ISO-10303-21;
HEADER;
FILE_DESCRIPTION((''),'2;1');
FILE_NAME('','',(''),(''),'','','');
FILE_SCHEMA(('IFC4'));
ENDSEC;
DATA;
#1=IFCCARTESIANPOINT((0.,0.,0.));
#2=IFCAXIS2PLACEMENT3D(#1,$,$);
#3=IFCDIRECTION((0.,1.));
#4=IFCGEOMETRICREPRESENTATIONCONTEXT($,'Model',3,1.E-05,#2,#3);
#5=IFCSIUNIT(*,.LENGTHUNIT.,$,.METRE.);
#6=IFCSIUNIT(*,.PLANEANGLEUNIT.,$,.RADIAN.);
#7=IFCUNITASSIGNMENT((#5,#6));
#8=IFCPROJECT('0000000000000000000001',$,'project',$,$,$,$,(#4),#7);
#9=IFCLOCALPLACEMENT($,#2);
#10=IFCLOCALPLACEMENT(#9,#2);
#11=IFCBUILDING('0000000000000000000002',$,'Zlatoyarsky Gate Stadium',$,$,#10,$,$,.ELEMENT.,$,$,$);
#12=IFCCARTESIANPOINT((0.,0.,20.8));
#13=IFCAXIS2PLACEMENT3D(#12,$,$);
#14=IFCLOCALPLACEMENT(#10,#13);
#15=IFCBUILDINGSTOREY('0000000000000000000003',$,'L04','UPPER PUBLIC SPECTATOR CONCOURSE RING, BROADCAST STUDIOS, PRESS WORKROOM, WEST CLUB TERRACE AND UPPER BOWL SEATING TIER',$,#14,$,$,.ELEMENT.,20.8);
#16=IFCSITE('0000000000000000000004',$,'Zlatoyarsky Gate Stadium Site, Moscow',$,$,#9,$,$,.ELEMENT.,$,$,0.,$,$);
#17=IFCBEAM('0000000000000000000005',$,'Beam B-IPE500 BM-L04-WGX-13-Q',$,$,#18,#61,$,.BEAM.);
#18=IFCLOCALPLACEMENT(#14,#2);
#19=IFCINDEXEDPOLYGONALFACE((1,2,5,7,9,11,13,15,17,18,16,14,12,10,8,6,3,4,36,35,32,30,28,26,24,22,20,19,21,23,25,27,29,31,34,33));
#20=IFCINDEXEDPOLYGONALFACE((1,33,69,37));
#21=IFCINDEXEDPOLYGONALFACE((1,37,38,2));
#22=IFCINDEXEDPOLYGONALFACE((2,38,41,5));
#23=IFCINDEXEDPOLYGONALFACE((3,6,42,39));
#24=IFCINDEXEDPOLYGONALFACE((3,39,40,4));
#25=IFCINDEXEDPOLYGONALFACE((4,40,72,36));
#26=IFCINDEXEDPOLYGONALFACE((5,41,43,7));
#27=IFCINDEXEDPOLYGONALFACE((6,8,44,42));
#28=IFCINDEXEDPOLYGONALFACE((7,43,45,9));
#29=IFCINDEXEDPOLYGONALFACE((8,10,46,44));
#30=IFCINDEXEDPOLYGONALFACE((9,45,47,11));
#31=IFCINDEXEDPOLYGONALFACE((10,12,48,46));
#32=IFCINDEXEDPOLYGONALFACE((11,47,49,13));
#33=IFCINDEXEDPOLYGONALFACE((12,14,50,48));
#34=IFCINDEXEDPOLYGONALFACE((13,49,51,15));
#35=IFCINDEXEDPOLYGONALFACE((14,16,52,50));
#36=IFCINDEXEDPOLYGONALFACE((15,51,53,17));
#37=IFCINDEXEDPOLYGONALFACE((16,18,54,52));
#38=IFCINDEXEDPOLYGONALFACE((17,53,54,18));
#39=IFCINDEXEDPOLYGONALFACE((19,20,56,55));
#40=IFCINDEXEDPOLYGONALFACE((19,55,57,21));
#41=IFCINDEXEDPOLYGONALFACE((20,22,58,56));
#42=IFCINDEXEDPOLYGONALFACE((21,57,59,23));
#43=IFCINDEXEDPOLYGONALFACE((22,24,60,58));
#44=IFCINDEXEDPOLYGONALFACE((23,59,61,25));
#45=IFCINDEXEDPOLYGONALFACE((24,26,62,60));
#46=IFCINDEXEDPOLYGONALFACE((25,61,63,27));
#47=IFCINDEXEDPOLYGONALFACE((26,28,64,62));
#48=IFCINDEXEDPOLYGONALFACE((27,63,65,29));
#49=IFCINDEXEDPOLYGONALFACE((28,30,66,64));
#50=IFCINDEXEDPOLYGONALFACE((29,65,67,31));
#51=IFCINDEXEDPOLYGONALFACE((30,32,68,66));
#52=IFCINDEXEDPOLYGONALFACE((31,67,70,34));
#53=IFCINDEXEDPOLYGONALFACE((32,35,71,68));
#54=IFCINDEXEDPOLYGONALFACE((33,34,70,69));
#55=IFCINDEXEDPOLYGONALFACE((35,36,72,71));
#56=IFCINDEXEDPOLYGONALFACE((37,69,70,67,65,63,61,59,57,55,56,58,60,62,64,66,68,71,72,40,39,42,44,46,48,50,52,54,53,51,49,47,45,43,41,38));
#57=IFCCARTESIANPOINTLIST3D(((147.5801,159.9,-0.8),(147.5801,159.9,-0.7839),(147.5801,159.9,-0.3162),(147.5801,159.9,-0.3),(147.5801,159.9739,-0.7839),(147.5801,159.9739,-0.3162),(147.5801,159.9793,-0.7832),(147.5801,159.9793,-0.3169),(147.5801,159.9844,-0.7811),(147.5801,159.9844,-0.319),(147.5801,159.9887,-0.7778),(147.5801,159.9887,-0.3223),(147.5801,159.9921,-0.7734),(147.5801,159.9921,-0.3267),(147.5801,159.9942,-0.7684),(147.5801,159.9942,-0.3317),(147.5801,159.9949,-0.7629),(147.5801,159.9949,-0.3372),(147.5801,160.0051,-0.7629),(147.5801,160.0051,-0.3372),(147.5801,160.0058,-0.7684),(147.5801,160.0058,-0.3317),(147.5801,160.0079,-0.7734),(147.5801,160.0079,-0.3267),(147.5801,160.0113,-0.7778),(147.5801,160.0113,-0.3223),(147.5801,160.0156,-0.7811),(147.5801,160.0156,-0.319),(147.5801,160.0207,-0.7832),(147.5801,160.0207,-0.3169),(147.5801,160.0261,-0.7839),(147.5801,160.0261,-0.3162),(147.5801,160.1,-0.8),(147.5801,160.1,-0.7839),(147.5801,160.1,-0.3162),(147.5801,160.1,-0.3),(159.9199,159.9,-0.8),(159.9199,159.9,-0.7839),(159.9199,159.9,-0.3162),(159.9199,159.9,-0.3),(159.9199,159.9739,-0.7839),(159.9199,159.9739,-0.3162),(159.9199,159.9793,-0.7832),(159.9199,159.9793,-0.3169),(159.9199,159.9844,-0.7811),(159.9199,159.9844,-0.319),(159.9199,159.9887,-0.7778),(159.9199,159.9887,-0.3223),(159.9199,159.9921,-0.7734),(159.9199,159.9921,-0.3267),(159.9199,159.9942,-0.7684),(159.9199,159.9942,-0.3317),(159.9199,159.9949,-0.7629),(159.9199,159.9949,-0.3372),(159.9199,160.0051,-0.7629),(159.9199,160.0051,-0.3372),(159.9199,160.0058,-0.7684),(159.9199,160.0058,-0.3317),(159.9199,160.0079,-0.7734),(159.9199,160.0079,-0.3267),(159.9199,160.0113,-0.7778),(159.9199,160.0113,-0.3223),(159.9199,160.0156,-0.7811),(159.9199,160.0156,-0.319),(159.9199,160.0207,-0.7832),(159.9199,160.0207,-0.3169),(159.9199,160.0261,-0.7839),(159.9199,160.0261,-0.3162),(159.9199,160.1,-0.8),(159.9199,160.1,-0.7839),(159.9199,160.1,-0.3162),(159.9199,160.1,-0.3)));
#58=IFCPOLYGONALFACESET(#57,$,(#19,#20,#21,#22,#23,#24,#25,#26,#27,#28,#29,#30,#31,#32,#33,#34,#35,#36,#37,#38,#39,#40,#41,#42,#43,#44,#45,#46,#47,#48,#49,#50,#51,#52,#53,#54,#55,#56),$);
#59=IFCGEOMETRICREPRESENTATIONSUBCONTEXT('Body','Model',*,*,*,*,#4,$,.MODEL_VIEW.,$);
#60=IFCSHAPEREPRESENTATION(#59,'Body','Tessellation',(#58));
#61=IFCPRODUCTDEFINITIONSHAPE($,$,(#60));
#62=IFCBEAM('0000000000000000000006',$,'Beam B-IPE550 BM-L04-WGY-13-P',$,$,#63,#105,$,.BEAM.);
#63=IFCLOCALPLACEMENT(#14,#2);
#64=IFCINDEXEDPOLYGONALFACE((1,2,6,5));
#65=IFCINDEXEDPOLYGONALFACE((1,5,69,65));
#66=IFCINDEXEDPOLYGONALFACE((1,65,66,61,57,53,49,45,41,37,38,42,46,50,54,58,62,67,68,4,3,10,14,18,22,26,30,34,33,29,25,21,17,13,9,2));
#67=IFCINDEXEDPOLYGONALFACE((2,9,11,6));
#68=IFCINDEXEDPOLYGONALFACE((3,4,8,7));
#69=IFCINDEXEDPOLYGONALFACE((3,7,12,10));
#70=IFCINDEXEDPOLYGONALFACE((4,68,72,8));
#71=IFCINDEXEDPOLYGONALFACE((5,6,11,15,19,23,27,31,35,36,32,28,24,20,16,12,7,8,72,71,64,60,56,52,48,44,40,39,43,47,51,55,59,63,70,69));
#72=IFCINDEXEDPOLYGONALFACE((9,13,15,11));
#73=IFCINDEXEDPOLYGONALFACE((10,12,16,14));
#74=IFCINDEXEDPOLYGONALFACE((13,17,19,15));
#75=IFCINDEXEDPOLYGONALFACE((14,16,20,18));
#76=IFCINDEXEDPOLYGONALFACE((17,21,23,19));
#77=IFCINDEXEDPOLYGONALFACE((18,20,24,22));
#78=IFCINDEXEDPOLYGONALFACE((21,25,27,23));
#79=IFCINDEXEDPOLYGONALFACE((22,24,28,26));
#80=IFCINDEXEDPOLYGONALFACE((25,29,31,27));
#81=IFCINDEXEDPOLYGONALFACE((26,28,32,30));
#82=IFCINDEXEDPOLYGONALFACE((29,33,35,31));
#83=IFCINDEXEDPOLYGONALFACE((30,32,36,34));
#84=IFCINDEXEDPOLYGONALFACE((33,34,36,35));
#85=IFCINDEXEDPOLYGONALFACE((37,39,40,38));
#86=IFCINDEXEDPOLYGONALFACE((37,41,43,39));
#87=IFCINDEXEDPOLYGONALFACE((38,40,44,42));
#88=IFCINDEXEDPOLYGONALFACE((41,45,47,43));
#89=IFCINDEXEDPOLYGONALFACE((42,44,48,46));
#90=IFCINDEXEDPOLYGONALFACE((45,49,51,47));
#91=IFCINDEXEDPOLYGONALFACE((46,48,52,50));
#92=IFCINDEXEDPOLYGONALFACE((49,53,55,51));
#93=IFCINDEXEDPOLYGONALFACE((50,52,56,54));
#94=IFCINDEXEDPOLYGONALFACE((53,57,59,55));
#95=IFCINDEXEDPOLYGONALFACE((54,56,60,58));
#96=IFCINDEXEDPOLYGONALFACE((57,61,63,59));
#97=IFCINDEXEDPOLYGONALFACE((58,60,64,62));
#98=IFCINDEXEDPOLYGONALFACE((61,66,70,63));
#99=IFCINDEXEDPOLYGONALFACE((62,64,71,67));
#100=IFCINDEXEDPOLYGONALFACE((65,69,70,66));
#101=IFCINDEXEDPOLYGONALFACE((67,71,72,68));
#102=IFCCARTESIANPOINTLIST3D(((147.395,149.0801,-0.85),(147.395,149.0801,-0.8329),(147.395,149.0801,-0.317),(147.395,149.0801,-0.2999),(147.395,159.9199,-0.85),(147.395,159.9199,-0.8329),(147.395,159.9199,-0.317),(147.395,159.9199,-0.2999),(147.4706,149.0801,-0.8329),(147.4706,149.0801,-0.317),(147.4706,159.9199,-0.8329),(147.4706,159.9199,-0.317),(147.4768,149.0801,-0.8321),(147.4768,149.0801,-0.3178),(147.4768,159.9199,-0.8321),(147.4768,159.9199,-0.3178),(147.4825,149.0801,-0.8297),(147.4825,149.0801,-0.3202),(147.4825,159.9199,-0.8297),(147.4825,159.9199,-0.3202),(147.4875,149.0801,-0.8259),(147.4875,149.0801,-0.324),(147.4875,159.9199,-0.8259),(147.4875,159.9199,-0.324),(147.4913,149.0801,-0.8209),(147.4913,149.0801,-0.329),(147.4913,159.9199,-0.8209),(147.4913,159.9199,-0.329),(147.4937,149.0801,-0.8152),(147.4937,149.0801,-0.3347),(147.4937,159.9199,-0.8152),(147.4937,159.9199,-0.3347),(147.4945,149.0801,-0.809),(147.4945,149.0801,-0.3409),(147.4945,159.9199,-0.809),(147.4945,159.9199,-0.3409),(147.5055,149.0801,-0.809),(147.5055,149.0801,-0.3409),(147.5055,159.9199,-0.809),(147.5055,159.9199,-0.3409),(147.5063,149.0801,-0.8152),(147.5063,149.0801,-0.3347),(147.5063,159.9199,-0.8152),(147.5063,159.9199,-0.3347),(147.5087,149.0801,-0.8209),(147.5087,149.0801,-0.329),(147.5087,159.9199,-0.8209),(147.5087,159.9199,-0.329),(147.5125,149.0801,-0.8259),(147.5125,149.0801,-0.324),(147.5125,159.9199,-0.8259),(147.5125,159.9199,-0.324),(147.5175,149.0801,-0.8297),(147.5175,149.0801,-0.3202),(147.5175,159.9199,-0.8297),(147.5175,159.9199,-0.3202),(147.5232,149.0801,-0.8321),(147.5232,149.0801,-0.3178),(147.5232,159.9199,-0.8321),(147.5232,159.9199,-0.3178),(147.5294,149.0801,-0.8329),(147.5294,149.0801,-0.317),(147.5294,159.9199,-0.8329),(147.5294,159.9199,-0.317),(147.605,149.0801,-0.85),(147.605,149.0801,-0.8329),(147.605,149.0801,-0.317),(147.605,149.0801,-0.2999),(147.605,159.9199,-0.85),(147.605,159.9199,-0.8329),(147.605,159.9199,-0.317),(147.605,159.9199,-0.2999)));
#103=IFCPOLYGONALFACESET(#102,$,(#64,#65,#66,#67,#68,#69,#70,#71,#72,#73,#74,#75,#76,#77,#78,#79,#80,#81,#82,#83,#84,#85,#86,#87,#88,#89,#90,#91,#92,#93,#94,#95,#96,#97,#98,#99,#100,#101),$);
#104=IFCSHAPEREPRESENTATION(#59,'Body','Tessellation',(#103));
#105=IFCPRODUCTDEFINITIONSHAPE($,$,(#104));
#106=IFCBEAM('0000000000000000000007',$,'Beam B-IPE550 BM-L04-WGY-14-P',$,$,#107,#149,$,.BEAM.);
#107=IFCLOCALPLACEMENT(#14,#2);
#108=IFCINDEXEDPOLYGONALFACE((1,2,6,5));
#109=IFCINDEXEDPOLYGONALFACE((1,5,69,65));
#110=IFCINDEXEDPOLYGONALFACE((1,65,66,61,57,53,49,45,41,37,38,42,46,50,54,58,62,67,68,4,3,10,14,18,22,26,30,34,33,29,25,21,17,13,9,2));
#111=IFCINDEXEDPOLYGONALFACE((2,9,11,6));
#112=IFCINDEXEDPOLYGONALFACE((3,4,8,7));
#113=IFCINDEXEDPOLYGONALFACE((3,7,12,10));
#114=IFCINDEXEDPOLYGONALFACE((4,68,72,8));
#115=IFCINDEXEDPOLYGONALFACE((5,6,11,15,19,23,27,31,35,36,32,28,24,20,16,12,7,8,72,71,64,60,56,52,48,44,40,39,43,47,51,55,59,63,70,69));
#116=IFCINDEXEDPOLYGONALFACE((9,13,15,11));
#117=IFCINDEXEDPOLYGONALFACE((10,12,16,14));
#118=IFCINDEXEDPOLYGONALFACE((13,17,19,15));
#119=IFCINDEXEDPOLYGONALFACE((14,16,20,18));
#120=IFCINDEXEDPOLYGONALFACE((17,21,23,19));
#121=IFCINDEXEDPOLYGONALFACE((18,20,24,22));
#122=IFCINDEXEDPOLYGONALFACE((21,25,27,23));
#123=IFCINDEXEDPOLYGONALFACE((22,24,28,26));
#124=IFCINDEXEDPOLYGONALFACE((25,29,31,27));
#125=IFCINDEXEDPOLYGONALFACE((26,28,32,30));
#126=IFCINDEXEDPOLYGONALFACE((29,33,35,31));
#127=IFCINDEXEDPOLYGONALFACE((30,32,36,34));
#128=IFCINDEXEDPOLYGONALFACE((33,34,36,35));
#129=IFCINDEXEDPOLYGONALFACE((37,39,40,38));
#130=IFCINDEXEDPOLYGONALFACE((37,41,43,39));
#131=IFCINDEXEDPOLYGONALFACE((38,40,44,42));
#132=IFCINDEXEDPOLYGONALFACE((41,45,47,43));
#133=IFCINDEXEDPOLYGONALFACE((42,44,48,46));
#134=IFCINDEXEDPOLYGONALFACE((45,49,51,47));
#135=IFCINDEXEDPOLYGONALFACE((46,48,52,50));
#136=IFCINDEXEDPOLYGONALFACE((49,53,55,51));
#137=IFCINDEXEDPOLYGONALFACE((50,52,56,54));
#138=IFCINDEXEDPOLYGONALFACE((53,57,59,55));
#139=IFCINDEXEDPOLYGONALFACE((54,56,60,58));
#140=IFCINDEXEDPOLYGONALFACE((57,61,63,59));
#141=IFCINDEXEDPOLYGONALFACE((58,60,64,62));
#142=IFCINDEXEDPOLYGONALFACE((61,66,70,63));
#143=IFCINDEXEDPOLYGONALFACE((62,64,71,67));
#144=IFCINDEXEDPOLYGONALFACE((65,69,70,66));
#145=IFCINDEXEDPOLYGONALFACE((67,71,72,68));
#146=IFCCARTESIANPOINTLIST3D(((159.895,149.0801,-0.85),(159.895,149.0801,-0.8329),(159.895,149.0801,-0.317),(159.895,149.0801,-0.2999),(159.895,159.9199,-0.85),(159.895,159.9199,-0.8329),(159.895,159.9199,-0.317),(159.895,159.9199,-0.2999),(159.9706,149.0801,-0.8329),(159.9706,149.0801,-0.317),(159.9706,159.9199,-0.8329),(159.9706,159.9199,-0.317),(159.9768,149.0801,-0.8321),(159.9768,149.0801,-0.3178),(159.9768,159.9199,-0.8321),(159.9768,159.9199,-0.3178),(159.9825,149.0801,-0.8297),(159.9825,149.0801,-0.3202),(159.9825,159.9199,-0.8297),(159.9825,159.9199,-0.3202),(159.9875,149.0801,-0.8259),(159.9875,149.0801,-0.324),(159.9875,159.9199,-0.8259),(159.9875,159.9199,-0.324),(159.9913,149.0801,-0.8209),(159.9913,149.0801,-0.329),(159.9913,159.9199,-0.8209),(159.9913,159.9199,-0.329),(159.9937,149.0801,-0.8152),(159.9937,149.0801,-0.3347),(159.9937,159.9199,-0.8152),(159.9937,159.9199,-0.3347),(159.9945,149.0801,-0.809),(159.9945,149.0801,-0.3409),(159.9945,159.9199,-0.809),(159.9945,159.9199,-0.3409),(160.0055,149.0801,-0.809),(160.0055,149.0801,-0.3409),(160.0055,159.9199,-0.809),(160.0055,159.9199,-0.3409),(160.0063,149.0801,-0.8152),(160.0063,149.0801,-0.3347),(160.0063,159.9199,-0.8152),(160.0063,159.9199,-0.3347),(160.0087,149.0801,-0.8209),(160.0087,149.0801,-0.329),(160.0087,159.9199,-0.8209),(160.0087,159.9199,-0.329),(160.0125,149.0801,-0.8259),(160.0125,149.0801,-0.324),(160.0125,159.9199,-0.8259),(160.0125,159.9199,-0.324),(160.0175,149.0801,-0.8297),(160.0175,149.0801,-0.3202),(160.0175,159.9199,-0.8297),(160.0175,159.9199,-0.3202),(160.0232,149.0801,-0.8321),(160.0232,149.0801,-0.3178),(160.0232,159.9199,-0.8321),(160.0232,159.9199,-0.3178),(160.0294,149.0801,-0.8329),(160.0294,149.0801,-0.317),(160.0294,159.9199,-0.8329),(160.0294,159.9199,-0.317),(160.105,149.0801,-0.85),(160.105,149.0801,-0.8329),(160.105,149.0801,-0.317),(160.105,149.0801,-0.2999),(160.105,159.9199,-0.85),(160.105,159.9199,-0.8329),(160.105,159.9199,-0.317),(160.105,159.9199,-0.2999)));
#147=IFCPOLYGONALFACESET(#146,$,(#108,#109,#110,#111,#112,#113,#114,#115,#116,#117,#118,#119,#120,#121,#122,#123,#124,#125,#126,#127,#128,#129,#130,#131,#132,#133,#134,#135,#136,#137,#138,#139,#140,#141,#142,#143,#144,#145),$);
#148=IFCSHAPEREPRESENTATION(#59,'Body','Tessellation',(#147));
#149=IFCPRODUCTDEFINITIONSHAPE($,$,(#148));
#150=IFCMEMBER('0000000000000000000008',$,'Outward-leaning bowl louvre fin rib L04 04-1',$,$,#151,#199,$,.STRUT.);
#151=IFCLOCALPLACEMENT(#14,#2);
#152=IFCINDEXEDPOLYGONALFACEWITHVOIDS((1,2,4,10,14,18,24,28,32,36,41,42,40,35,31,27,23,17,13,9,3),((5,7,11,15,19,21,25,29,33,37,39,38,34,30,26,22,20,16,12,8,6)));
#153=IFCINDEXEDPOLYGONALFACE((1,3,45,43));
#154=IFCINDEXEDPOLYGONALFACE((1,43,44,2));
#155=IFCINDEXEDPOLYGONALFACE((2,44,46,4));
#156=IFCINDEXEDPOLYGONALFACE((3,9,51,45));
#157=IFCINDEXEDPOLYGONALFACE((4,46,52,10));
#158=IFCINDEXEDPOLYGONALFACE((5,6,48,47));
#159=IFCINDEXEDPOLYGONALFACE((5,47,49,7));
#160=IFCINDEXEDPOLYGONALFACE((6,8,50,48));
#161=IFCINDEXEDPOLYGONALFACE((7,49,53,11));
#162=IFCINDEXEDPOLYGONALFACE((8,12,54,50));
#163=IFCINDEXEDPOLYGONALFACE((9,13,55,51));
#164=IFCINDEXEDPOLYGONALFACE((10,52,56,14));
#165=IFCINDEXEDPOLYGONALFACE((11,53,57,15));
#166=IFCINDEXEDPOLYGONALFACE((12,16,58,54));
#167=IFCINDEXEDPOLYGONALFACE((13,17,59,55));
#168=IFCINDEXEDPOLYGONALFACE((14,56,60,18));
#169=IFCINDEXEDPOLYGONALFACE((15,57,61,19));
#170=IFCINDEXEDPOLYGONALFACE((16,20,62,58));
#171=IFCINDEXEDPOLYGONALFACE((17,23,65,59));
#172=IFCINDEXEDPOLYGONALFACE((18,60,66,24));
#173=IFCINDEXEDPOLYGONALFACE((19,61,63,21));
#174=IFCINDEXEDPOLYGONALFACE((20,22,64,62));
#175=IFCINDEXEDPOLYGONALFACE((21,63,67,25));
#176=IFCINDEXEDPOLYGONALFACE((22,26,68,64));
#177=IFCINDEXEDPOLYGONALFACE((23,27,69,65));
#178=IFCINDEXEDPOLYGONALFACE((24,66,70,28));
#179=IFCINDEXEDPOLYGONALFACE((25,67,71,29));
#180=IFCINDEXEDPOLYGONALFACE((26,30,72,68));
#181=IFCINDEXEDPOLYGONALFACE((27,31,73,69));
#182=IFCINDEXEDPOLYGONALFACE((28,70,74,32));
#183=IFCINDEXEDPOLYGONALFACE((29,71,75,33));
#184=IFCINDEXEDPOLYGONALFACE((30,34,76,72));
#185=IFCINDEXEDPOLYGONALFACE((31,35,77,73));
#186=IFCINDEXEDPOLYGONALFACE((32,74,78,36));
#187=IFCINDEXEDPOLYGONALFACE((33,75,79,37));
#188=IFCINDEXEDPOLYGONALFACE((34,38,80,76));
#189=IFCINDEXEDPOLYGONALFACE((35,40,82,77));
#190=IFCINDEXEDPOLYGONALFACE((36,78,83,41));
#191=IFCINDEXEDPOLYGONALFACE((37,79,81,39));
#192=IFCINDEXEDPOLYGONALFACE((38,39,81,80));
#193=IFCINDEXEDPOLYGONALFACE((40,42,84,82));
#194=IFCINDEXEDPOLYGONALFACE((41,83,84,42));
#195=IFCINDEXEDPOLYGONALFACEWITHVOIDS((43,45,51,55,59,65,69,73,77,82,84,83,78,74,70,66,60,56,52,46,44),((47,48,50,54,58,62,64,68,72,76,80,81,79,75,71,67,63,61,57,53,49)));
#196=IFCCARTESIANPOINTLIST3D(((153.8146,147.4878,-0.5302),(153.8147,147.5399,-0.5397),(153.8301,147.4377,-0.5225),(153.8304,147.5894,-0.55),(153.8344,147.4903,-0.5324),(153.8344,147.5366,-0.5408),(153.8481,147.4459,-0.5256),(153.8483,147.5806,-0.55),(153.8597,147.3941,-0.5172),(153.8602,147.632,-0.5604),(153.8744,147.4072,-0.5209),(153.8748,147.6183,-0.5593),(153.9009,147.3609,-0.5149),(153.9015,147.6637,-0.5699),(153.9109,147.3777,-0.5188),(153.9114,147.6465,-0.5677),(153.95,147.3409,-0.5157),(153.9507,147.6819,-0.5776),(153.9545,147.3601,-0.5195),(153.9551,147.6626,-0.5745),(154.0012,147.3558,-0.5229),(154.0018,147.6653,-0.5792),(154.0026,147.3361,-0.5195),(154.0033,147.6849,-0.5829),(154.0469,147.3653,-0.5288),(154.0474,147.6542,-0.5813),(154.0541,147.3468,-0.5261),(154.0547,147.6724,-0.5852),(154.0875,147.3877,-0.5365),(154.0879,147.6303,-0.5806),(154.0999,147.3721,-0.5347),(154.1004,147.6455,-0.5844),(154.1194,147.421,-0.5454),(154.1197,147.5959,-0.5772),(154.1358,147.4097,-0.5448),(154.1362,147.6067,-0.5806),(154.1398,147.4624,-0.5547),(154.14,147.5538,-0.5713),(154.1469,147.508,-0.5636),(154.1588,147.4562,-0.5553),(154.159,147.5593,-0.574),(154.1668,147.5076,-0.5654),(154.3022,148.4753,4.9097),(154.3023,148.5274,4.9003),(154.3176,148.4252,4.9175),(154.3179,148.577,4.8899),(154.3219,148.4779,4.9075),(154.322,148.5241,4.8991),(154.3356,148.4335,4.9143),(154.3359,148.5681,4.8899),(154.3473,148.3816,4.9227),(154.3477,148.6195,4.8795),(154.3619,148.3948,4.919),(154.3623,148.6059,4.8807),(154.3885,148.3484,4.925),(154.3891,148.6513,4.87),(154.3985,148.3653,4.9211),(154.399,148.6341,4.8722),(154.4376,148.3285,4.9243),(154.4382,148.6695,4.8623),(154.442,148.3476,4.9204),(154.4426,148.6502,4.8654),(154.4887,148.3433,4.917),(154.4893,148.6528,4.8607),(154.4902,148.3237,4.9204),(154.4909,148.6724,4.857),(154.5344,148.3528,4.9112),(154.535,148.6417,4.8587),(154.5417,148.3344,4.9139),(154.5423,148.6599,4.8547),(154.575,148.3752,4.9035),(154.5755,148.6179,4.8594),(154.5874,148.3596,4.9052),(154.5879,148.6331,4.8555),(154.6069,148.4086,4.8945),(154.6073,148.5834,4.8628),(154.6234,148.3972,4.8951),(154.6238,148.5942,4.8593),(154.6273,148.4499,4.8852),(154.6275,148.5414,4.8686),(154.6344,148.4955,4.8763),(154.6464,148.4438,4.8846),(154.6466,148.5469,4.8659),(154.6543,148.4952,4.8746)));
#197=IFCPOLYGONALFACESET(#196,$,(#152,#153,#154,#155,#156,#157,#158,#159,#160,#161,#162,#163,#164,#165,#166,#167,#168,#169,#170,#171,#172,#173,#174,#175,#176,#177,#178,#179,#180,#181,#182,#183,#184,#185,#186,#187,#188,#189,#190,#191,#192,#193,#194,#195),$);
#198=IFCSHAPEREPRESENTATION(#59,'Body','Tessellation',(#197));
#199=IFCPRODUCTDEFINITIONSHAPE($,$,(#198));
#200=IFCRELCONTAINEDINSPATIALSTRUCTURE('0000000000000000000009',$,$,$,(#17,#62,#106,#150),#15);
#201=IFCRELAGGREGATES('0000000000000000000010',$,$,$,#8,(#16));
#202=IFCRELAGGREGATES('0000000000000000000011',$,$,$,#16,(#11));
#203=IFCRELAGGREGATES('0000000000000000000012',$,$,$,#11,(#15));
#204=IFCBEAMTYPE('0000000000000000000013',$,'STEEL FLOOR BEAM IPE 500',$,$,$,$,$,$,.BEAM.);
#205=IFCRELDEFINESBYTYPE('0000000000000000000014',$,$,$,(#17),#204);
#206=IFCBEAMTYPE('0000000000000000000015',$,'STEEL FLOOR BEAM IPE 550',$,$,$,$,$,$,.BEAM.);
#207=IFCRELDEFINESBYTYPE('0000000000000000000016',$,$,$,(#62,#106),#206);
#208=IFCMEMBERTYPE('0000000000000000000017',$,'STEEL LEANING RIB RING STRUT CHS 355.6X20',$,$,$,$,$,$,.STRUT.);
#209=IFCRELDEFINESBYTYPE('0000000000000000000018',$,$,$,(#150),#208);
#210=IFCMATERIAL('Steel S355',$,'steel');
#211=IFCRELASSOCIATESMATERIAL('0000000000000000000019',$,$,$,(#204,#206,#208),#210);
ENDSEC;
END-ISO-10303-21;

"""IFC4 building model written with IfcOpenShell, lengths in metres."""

from ifc_helpers import new_model, si_unit, direction, frame, origin, origin_2d, place, context, subcontext, project, spatial, hollow_circle, i_section, extrude, material, material_profile, profile_set, type_object, element, save


model = new_model("IFC4")

# Units and contexts
model_context = context("Model", 3, precision=1e-05, world=origin(), true_north=direction((0.0, 1.0)))
body_context = subcontext(model_context, "Body", "Model", "MODEL_VIEW")
ifc_project = project(units=[si_unit("LENGTHUNIT", "METRE"), si_unit("PLANEANGLEUNIT", "RADIAN")], contexts=[model_context])

# Site, building, storey
site_placement = place(None, origin())
site = spatial("IfcSite", under=ifc_project, at=site_placement, Name="Zlatoyarsky Gate Stadium Site, Moscow", CompositionType="ELEMENT", RefElevation=0.0)
building_placement = place(site_placement, origin())
building = spatial("IfcBuilding", under=site, at=building_placement, Name="Zlatoyarsky Gate Stadium", CompositionType="ELEMENT")
storey_placement = place(building_placement, frame((0.0, 0.0, 20.8)))
storey = spatial("IfcBuildingStorey", under=building, at=storey_placement, Name="L04", Description="UPPER PUBLIC SPECTATOR CONCOURSE RING, BROADCAST STUDIOS, PRESS WORKROOM, WEST CLUB TERRACE AND UPPER BOWL SEATING TIER", CompositionType="ELEMENT", Elevation=20.8)

# Beams
ifc_material_1 = material(Name="Steel S355", Category="steel")
ifc_material_profile_1 = material_profile(ifc_material_1, i_section(OverallWidth=0.2, OverallDepth=0.5, WebThickness=0.0103, FlangeThickness=0.0161, FilletRadius=0.021, at=origin_2d()), Name="IPE 500")
ifc_profile_set_1 = profile_set([ifc_material_profile_1], Name="Steel S355")
beam_type_1 = type_object("IfcBeamType", Name="STEEL FLOOR BEAM IPE 500", PredefinedType="BEAM", material=ifc_profile_set_1)
for number, where, z_axis, x_axis, name in (
    (1, (147.5801, 160.0, -0.55), (1.0, 0.0, 0.0), (0.0, 1.0, 0.0), "Beam B-IPE500 BM-L04-WGX-13-Q"),
):
    element("IfcBeam", number, at=place(storey_placement, frame(where, z_axis=z_axis, x_axis=x_axis)), inside=storey, type_object=beam_type_1, Name=name, PredefinedType="BEAM", context=body_context, shape_type="SweptSolid", body=[
        extrude(i_section(OverallWidth=0.2, OverallDepth=0.5, WebThickness=0.0103, FlangeThickness=0.0161, FilletRadius=0.021, at=origin_2d()), origin(), (0.0, 0.0, 1.0), 12.3398),
    ])
ifc_material_profile_2 = material_profile(ifc_material_1, i_section(OverallWidth=0.21, OverallDepth=0.55, WebThickness=0.011, FlangeThickness=0.0171, FilletRadius=0.0239, at=origin_2d()), Name="IPE 550")
ifc_profile_set_2 = profile_set([ifc_material_profile_2], Name="Steel S355")
beam_type_2 = type_object("IfcBeamType", Name="STEEL FLOOR BEAM IPE 550", PredefinedType="BEAM", material=ifc_profile_set_2)
for number, where, z_axis, x_axis, name in (
    (2, (147.5, 149.0801, -0.575), (0.0, 1.0, 0.0), (-1.0, 0.0, 0.0), "Beam B-IPE550 BM-L04-WGY-13-P"),
    (3, (160.0, 149.0801, -0.575), (0.0, 1.0, 0.0), (-1.0, 0.0, 0.0), "Beam B-IPE550 BM-L04-WGY-14-P"),
):
    element("IfcBeam", number, at=place(storey_placement, frame(where, z_axis=z_axis, x_axis=x_axis)), inside=storey, type_object=beam_type_2, Name=name, PredefinedType="BEAM", context=body_context, shape_type="SweptSolid", body=[
        extrude(i_section(OverallWidth=0.21, OverallDepth=0.55, WebThickness=0.011, FlangeThickness=0.0171, FilletRadius=0.0239, at=origin_2d()), origin(), (0.0, 0.0, 1.0), 10.8398),
    ])

# Member
ifc_material_profile_3 = material_profile(ifc_material_1, hollow_circle(Radius=0.1777, WallThickness=0.02, at=origin_2d()), Name="CHS 355.6X20")
ifc_profile_set_3 = profile_set([ifc_material_profile_3], Name="Steel S355")
member_type_1 = type_object("IfcMemberType", Name="STEEL LEANING RIB RING STRUT CHS 355.6X20", PredefinedType="STRUT", material=ifc_profile_set_3)
member_1_placement = place(storey_placement, frame((153.9897, 147.5107, -0.55), z_axis=(0.087842, 0.177927, 0.980115), x_axis=(-0.896677, 0.442686, 0.0)))
element("IfcMember", 4, at=member_1_placement, inside=storey, type_object=member_type_1, Name="Outward-leaning bowl louvre fin rib L04 04-1", PredefinedType="STRUT", context=body_context, shape_type="SweptSolid", body=[
    extrude(hollow_circle(Radius=0.1777, WallThickness=0.02, at=origin_2d()), origin(), (0.0, 0.0, 1.0), 5.5503),
])

save(model, "model.ifc")
